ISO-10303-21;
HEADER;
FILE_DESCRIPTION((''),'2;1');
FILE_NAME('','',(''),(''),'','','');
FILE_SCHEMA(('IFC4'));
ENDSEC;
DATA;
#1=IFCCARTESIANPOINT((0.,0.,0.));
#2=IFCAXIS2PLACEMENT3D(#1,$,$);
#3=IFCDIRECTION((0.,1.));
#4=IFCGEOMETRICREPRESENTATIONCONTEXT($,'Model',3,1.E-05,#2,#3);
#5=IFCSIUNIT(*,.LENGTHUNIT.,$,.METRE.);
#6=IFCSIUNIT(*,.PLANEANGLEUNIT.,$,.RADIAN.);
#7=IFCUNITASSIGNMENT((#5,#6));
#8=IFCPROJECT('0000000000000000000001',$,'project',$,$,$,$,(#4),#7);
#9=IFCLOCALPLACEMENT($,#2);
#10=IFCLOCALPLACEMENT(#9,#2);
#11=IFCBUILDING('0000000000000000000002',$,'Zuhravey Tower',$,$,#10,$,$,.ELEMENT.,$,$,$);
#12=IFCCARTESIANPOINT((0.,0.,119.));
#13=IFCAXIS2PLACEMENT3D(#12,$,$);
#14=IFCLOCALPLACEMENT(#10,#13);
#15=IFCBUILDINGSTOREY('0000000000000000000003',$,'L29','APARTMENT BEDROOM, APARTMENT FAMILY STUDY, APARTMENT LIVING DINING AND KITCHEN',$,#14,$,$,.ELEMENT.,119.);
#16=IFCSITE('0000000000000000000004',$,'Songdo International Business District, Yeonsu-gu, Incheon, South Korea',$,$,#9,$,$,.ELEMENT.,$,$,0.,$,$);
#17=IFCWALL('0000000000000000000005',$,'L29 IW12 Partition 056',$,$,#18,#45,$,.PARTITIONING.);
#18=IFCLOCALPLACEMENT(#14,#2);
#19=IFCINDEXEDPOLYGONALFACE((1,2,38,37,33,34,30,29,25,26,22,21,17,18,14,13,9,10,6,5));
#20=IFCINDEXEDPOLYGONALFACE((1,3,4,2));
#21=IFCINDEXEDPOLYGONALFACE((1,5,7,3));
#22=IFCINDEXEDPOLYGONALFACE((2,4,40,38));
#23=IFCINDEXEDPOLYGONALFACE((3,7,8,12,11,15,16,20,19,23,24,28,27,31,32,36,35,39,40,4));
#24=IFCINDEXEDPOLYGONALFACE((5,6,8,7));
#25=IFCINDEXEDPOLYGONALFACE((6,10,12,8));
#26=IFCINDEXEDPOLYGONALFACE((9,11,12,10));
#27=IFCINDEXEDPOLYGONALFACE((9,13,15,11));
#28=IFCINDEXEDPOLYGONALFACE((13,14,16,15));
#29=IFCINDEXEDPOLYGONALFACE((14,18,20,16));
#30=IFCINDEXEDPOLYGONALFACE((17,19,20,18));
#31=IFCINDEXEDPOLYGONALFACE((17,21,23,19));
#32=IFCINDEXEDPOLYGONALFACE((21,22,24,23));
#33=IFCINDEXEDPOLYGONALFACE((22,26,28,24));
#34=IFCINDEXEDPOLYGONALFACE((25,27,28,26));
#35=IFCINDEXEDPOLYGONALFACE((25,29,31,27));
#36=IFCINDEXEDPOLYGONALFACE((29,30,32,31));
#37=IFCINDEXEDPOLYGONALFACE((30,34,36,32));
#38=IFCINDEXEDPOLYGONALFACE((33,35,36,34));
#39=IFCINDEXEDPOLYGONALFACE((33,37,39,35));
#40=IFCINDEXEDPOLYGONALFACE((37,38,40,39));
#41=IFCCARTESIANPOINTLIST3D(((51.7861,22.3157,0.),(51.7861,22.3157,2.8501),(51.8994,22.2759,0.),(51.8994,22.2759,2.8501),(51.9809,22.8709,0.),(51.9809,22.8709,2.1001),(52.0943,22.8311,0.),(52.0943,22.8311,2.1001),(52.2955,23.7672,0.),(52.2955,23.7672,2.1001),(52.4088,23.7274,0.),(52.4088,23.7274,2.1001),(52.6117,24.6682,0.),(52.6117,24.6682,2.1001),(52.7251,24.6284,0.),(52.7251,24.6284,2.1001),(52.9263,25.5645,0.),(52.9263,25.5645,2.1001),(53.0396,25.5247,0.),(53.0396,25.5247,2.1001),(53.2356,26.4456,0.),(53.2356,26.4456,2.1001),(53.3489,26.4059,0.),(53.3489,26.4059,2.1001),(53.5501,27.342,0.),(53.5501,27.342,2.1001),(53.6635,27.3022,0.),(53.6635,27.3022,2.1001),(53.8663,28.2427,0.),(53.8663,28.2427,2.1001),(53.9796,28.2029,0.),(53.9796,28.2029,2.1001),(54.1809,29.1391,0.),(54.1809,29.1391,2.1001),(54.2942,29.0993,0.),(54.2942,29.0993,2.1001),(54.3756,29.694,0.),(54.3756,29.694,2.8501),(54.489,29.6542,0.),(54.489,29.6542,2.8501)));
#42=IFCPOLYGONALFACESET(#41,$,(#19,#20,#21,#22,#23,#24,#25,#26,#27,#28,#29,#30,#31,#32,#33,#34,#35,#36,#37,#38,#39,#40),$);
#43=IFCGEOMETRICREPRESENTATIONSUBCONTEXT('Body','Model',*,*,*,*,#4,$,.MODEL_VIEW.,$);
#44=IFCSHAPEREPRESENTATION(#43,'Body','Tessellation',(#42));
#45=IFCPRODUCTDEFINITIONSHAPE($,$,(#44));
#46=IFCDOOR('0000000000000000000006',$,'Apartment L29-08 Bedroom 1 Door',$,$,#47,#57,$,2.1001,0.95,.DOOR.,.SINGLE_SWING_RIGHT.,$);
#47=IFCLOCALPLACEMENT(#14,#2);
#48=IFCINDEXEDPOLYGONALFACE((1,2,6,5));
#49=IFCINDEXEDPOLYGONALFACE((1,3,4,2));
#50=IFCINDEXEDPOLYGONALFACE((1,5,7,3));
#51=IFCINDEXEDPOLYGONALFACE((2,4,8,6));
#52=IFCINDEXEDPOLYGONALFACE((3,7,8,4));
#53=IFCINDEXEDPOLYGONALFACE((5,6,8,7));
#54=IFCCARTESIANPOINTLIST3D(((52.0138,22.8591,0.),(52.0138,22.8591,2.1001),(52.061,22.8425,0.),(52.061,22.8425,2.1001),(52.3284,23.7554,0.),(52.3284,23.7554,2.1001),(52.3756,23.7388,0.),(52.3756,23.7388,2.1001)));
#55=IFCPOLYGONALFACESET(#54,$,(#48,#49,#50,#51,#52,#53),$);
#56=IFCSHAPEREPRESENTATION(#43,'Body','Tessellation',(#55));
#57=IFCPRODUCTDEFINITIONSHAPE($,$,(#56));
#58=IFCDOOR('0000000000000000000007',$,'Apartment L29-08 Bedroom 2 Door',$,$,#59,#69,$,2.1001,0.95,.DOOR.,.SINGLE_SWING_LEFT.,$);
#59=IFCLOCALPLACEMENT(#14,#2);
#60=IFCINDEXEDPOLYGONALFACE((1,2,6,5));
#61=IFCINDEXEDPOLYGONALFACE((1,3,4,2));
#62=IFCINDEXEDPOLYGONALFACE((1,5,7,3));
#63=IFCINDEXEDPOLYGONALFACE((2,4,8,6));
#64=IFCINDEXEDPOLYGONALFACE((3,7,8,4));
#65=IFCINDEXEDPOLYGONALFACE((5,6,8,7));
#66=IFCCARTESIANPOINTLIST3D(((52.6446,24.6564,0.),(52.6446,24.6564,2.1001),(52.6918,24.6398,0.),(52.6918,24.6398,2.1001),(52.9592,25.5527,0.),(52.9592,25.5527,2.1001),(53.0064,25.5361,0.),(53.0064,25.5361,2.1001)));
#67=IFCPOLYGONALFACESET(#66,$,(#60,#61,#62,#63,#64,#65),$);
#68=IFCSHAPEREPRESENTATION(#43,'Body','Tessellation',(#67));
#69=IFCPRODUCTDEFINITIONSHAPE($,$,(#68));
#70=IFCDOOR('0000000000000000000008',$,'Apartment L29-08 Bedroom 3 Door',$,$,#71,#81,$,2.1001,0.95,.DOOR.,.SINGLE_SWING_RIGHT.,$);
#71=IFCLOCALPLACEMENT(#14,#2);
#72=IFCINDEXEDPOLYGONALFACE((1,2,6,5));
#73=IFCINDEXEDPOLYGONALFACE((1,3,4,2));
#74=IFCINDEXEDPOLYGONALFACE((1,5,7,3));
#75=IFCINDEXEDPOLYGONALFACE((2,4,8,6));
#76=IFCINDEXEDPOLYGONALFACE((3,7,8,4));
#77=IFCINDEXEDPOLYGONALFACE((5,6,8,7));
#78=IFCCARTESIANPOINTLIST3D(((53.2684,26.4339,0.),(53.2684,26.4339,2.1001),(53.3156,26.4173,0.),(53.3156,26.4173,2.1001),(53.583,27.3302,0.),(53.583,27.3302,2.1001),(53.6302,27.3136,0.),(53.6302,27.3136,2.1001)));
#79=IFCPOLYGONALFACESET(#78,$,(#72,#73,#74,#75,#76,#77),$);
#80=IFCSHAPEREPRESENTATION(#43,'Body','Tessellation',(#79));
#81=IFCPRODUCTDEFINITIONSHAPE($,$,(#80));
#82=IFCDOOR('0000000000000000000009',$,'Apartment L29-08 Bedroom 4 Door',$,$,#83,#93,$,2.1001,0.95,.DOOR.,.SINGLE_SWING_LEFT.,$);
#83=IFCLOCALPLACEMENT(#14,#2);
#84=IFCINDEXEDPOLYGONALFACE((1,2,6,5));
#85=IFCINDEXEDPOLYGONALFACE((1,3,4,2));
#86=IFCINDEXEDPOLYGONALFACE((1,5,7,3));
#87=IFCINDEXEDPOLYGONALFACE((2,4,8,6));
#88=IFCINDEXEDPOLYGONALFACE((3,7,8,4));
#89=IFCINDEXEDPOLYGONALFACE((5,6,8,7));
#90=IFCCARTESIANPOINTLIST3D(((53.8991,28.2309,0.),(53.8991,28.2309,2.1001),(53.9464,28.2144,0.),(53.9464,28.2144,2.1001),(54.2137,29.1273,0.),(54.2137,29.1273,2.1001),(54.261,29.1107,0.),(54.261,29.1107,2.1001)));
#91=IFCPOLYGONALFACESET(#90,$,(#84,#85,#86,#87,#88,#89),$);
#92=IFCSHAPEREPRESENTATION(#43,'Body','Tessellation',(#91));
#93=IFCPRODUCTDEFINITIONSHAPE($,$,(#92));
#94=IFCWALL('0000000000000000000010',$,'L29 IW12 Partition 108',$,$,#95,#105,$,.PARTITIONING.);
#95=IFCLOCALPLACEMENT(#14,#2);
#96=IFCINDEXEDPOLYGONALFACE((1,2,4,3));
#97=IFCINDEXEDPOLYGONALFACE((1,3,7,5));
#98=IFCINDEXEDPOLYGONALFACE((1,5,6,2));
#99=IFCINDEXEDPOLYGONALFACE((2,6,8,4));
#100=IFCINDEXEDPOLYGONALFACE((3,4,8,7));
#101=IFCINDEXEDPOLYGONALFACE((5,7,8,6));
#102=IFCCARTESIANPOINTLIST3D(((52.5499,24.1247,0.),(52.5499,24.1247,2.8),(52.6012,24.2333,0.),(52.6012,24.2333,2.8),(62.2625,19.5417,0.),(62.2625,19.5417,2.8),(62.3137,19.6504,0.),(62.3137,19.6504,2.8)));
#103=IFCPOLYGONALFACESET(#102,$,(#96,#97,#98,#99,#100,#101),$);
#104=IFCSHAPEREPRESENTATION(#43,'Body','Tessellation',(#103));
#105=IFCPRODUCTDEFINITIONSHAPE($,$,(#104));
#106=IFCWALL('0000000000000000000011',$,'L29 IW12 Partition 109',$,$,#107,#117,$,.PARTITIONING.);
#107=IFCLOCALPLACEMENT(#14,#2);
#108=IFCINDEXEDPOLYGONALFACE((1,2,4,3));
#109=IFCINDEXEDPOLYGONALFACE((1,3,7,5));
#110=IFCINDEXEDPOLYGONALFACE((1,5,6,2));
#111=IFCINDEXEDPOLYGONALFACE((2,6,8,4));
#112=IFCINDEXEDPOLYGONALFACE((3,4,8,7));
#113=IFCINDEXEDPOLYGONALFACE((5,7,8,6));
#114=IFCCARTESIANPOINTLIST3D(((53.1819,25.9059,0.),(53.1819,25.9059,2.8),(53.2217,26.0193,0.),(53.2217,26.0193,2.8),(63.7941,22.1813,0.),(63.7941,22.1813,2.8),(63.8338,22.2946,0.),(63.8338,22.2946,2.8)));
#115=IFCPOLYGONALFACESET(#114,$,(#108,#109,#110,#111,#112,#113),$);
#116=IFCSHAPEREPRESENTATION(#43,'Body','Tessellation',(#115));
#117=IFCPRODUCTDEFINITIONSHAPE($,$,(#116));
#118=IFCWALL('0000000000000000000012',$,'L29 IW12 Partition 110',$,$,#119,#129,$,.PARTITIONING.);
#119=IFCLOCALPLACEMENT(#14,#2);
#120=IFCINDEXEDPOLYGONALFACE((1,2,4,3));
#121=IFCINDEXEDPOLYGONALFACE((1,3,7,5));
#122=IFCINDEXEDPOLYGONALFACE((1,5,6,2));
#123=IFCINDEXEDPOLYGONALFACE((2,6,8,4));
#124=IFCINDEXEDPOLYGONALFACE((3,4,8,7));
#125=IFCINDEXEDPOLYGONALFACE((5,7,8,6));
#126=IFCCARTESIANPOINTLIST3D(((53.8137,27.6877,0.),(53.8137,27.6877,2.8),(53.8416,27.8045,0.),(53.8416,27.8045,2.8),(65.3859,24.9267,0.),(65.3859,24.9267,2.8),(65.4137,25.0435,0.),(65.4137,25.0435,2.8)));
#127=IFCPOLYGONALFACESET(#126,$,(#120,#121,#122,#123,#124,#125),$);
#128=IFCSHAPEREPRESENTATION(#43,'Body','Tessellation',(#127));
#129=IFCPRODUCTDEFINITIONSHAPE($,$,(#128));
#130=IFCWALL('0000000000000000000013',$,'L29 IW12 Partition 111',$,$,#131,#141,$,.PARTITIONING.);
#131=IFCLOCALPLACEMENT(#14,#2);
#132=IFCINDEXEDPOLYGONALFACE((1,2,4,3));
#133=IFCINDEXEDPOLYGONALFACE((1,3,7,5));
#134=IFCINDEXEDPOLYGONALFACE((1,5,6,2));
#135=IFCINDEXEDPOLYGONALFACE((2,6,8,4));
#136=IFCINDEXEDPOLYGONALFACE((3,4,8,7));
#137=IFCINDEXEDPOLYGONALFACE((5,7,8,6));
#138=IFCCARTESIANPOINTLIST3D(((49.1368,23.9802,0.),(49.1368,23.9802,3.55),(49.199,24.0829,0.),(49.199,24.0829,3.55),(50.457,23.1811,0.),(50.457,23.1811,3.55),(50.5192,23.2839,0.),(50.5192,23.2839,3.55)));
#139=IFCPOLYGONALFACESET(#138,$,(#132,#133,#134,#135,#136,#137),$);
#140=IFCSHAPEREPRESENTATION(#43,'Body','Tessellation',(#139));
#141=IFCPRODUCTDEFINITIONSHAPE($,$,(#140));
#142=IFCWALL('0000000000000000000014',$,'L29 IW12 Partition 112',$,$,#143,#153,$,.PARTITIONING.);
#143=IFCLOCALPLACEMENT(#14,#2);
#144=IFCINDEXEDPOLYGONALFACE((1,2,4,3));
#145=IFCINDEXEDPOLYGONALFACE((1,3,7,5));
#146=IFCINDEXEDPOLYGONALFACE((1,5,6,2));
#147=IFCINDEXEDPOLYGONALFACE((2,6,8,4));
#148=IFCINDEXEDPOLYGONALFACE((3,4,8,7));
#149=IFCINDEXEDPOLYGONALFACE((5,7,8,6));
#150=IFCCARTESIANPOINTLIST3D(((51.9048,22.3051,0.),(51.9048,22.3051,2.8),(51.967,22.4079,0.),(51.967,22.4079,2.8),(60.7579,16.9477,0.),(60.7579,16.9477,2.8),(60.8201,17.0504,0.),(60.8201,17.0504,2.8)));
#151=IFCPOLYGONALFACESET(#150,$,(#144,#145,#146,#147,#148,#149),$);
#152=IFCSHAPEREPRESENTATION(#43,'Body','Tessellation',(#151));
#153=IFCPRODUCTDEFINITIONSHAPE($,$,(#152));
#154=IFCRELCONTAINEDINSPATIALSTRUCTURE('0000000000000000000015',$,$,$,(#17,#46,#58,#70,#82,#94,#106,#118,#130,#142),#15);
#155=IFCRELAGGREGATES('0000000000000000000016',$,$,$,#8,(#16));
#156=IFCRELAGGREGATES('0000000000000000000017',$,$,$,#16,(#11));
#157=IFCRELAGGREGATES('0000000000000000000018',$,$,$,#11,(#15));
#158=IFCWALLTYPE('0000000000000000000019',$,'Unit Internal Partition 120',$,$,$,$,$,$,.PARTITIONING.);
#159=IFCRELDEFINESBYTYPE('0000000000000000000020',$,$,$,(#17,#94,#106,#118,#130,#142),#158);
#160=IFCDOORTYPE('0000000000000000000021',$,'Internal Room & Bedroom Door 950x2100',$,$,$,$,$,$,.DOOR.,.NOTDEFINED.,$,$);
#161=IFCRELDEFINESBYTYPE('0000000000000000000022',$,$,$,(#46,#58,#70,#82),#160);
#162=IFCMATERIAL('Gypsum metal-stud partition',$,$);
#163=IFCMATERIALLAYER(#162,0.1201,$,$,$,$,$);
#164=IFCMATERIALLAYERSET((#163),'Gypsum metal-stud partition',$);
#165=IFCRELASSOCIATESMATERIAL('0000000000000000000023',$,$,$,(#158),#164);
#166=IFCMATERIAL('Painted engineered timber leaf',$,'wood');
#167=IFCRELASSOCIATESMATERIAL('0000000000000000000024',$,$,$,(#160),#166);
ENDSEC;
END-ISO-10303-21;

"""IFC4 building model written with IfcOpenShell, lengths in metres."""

from ifc_helpers import new_model, si_unit, direction, frame, frame_2d, origin, place, context, subcontext, project, spatial, rectangle, extrude, material, layer, layer_set, type_object, element, fill, save


model = new_model("IFC4")

# Units and contexts
model_context = context("Model", 3, precision=1e-05, world=origin(), true_north=direction((0.0, 1.0)))
body_context = subcontext(model_context, "Body", "Model", "MODEL_VIEW")
ifc_project = project(units=[si_unit("LENGTHUNIT", "METRE"), si_unit("PLANEANGLEUNIT", "RADIAN")], contexts=[model_context])

# Site, building, storey
site_placement = place(None, origin())
site = spatial("IfcSite", under=ifc_project, at=site_placement, Name="Songdo International Business District, Yeonsu-gu, Incheon, South Korea", CompositionType="ELEMENT", RefElevation=0.0)
building_placement = place(site_placement, origin())
building = spatial("IfcBuilding", under=site, at=building_placement, Name="Zuhravey Tower", CompositionType="ELEMENT")
storey_placement = place(building_placement, frame((0.0, 0.0, 119.0)))
storey = spatial("IfcBuildingStorey", under=building, at=storey_placement, Name="L29", Description="APARTMENT BEDROOM, APARTMENT FAMILY STUDY, APARTMENT LIVING DINING AND KITCHEN", CompositionType="ELEMENT", Elevation=119.0)

# Wall, openings, doors
ifc_material_1 = material(Name="Gypsum metal-stud partition")
ifc_layer_1 = layer(ifc_material_1, 0.1201)
ifc_layer_set_1 = layer_set([ifc_layer_1], Name="Gypsum metal-stud partition")
wall_type_1 = type_object("IfcWallType", Name="Unit Internal Partition 120", PredefinedType="PARTITIONING", material=ifc_layer_set_1)
ifc_material_2 = material(Name="Painted engineered timber leaf", Category="wood")
door_type_1 = type_object("IfcDoorType", Name="Internal Room & Bedroom Door 950x2100", OperationType="NOTDEFINED", PredefinedType="DOOR", material=ifc_material_2)
wall_1_placement = place(storey_placement, frame((51.8428, 22.2959, 0.0), z_axis=(0.0, 0.0, 1.0), x_axis=(0.331165, 0.943573, 0.0)))
wall_1 = element("IfcWall", 1, at=wall_1_placement, inside=storey, type_object=wall_type_1, Name="L29 IW12 Partition 056", PredefinedType="PARTITIONING", context=body_context, shape_type="SweptSolid", body=[
    extrude(rectangle(XDim=7.8196, YDim=0.1201, at=frame_2d((3.9097, 0.0))), origin(), (0.0, 0.0, 1.0), 2.8501),
])
opening_1_placement = place(wall_1_placement, frame((0.5881, 0.0, 0.0)))
opening_1 = element("IfcOpeningElement", 2, at=opening_1_placement, cuts=wall_1, PredefinedType="OPENING", context=body_context, shape_type="SweptSolid", body=[
    extrude(rectangle(XDim=0.95, YDim=2.1001, at=frame_2d((0.4751, 1.05))), frame((0.0, 0.072, 0.0), z_axis=(0.0, -1.0, 0.0), x_axis=(1.0, 0.0, 0.0)), (0.0, 0.0, 1.0), 0.144),
])
opening_2_placement = place(wall_1_placement, frame((2.4929, 0.0, 0.0)))
opening_2 = element("IfcOpeningElement", 3, at=opening_2_placement, cuts=wall_1, PredefinedType="OPENING", context=body_context, shape_type="SweptSolid", body=[
    extrude(rectangle(XDim=0.95, YDim=2.1001, at=frame_2d((0.4751, 1.05))), frame((0.0, 0.072, 0.0), z_axis=(0.0, -1.0, 0.0), x_axis=(1.0, 0.0, 0.0)), (0.0, 0.0, 1.0), 0.144),
])
opening_3_placement = place(wall_1_placement, frame((4.3767, 0.0, 0.0)))
opening_3 = element("IfcOpeningElement", 4, at=opening_3_placement, cuts=wall_1, PredefinedType="OPENING", context=body_context, shape_type="SweptSolid", body=[
    extrude(rectangle(XDim=0.95, YDim=2.1001, at=frame_2d((0.4751, 1.05))), frame((0.0, 0.072, 0.0), z_axis=(0.0, -1.0, 0.0), x_axis=(1.0, 0.0, 0.0)), (0.0, 0.0, 1.0), 0.144),
])
opening_4_placement = place(wall_1_placement, frame((6.2812, 0.0, 0.0)))
opening_4 = element("IfcOpeningElement", 5, at=opening_4_placement, cuts=wall_1, PredefinedType="OPENING", context=body_context, shape_type="SweptSolid", body=[
    extrude(rectangle(XDim=0.95, YDim=2.1001, at=frame_2d((0.4751, 1.05))), frame((0.0, 0.072, 0.0), z_axis=(0.0, -1.0, 0.0), x_axis=(1.0, 0.0, 0.0)), (0.0, 0.0, 1.0), 0.144),
])
door_1_placement = place(opening_1_placement, frame((0.95, 0.0, 0.0), z_axis=(0.0, 0.0, 1.0), x_axis=(-1.0, 0.0, 0.0)))
door_1 = element("IfcDoor", 6, at=door_1_placement, inside=storey, type_object=door_type_1, Name="Apartment L29-08 Bedroom 1 Door", OperationType="SINGLE_SWING_RIGHT", OverallHeight=2.1001, OverallWidth=0.95, PredefinedType="DOOR", context=body_context, shape_type="SweptSolid", body=[
    extrude(rectangle(XDim=0.95, YDim=2.1001, at=frame_2d((0.4751, 1.05))), frame((0.0, 0.0249, 0.0), z_axis=(0.0, -1.0, 0.0), x_axis=(1.0, 0.0, 0.0)), (0.0, 0.0, 1.0), 0.05),
])
fill(opening_1, door_1)
door_2_placement = place(opening_2_placement, frame((0.95, 0.0, 0.0), z_axis=(0.0, 0.0, 1.0), x_axis=(-1.0, 0.0, 0.0)))
door_2 = element("IfcDoor", 7, at=door_2_placement, inside=storey, type_object=door_type_1, Name="Apartment L29-08 Bedroom 2 Door", OperationType="SINGLE_SWING_LEFT", OverallHeight=2.1001, OverallWidth=0.95, PredefinedType="DOOR", context=body_context, shape_type="SweptSolid", body=[
    extrude(rectangle(XDim=0.95, YDim=2.1001, at=frame_2d((0.4751, 1.05))), frame((0.0, 0.0249, 0.0), z_axis=(0.0, -1.0, 0.0), x_axis=(1.0, 0.0, 0.0)), (0.0, 0.0, 1.0), 0.05),
])
fill(opening_2, door_2)
door_3_placement = place(opening_3_placement, frame((0.95, 0.0, 0.0), z_axis=(0.0, 0.0, 1.0), x_axis=(-1.0, 0.0, 0.0)))
door_3 = element("IfcDoor", 8, at=door_3_placement, inside=storey, type_object=door_type_1, Name="Apartment L29-08 Bedroom 3 Door", OperationType="SINGLE_SWING_RIGHT", OverallHeight=2.1001, OverallWidth=0.95, PredefinedType="DOOR", context=body_context, shape_type="SweptSolid", body=[
    extrude(rectangle(XDim=0.95, YDim=2.1001, at=frame_2d((0.4751, 1.05))), frame((0.0, 0.0249, 0.0), z_axis=(0.0, -1.0, 0.0), x_axis=(1.0, 0.0, 0.0)), (0.0, 0.0, 1.0), 0.05),
])
fill(opening_3, door_3)
door_4_placement = place(opening_4_placement, frame((0.95, 0.0, 0.0), z_axis=(0.0, 0.0, 1.0), x_axis=(-1.0, 0.0, 0.0)))
door_4 = element("IfcDoor", 9, at=door_4_placement, inside=storey, type_object=door_type_1, Name="Apartment L29-08 Bedroom 4 Door", OperationType="SINGLE_SWING_LEFT", OverallHeight=2.1001, OverallWidth=0.95, PredefinedType="DOOR", context=body_context, shape_type="SweptSolid", body=[
    extrude(rectangle(XDim=0.95, YDim=2.1001, at=frame_2d((0.4751, 1.05))), frame((0.0, 0.0249, 0.0), z_axis=(0.0, -1.0, 0.0), x_axis=(1.0, 0.0, 0.0)), (0.0, 0.0, 1.0), 0.05),
])
fill(opening_4, door_4)

# Walls
wall_2_placement = place(storey_placement, frame((52.5757, 24.179, 0.0), z_axis=(0.0, 0.0, 1.0), x_axis=(0.904375, -0.426738, 0.0)))
element("IfcWall", 10, at=wall_2_placement, inside=storey, type_object=wall_type_1, Name="L29 IW12 Partition 108", PredefinedType="PARTITIONING", context=body_context, shape_type="SweptSolid", body=[
    extrude(rectangle(XDim=10.7395, YDim=0.1201, at=frame_2d((5.3696, 0.0))), origin(), (0.0, 0.0, 1.0), 2.8),
])
wall_3_placement = place(storey_placement, frame((53.2017, 25.9626, 0.0), z_axis=(0.0, 0.0, 1.0), x_axis=(0.94357, -0.331173, 0.0)))
element("IfcWall", 11, at=wall_3_placement, inside=storey, type_object=wall_type_1, Name="L29 IW12 Partition 109", PredefinedType="PARTITIONING", context=body_context, shape_type="SweptSolid", body=[
    extrude(rectangle(XDim=11.2468, YDim=0.1201, at=frame_2d((5.6235, 0.0))), origin(), (0.0, 0.0, 1.0), 2.8),
])
wall_4_placement = place(storey_placement, frame((53.8276, 27.7461, 0.0), z_axis=(0.0, 0.0, 1.0), x_axis=(0.972698, -0.232073, 0.0)))
element("IfcWall", 12, at=wall_4_placement, inside=storey, type_object=wall_type_1, Name="L29 IW12 Partition 110", PredefinedType="PARTITIONING", context=body_context, shape_type="SweptSolid", body=[
    extrude(rectangle(XDim=11.897, YDim=0.1201, at=frame_2d((5.9485, 0.0))), origin(), (0.0, 0.0, 1.0), 2.8),
])
wall_5_placement = place(storey_placement, frame((49.168, 24.0315, 0.0), z_axis=(0.0, 0.0, 1.0), x_axis=(0.855519, -0.517772, 0.0)))
element("IfcWall", 13, at=wall_5_placement, inside=storey, type_object=wall_type_1, Name="L29 IW12 Partition 111", PredefinedType="PARTITIONING", context=body_context, shape_type="SweptSolid", body=[
    extrude(rectangle(XDim=1.5432, YDim=0.1201, at=frame_2d((0.7715, 0.0))), origin(), (0.0, 0.0, 1.0), 3.55),
])
wall_6_placement = place(storey_placement, frame((51.936, 22.3564, 0.0), z_axis=(0.0, 0.0, 1.0), x_axis=(0.855542, -0.517733, 0.0)))
element("IfcWall", 14, at=wall_6_placement, inside=storey, type_object=wall_type_1, Name="L29 IW12 Partition 112", PredefinedType="PARTITIONING", context=body_context, shape_type="SweptSolid", body=[
    extrude(rectangle(XDim=10.3479, YDim=0.1201, at=frame_2d((5.1738, 0.0))), origin(), (0.0, 0.0, 1.0), 2.8),
])

save(model, "model.ifc")
